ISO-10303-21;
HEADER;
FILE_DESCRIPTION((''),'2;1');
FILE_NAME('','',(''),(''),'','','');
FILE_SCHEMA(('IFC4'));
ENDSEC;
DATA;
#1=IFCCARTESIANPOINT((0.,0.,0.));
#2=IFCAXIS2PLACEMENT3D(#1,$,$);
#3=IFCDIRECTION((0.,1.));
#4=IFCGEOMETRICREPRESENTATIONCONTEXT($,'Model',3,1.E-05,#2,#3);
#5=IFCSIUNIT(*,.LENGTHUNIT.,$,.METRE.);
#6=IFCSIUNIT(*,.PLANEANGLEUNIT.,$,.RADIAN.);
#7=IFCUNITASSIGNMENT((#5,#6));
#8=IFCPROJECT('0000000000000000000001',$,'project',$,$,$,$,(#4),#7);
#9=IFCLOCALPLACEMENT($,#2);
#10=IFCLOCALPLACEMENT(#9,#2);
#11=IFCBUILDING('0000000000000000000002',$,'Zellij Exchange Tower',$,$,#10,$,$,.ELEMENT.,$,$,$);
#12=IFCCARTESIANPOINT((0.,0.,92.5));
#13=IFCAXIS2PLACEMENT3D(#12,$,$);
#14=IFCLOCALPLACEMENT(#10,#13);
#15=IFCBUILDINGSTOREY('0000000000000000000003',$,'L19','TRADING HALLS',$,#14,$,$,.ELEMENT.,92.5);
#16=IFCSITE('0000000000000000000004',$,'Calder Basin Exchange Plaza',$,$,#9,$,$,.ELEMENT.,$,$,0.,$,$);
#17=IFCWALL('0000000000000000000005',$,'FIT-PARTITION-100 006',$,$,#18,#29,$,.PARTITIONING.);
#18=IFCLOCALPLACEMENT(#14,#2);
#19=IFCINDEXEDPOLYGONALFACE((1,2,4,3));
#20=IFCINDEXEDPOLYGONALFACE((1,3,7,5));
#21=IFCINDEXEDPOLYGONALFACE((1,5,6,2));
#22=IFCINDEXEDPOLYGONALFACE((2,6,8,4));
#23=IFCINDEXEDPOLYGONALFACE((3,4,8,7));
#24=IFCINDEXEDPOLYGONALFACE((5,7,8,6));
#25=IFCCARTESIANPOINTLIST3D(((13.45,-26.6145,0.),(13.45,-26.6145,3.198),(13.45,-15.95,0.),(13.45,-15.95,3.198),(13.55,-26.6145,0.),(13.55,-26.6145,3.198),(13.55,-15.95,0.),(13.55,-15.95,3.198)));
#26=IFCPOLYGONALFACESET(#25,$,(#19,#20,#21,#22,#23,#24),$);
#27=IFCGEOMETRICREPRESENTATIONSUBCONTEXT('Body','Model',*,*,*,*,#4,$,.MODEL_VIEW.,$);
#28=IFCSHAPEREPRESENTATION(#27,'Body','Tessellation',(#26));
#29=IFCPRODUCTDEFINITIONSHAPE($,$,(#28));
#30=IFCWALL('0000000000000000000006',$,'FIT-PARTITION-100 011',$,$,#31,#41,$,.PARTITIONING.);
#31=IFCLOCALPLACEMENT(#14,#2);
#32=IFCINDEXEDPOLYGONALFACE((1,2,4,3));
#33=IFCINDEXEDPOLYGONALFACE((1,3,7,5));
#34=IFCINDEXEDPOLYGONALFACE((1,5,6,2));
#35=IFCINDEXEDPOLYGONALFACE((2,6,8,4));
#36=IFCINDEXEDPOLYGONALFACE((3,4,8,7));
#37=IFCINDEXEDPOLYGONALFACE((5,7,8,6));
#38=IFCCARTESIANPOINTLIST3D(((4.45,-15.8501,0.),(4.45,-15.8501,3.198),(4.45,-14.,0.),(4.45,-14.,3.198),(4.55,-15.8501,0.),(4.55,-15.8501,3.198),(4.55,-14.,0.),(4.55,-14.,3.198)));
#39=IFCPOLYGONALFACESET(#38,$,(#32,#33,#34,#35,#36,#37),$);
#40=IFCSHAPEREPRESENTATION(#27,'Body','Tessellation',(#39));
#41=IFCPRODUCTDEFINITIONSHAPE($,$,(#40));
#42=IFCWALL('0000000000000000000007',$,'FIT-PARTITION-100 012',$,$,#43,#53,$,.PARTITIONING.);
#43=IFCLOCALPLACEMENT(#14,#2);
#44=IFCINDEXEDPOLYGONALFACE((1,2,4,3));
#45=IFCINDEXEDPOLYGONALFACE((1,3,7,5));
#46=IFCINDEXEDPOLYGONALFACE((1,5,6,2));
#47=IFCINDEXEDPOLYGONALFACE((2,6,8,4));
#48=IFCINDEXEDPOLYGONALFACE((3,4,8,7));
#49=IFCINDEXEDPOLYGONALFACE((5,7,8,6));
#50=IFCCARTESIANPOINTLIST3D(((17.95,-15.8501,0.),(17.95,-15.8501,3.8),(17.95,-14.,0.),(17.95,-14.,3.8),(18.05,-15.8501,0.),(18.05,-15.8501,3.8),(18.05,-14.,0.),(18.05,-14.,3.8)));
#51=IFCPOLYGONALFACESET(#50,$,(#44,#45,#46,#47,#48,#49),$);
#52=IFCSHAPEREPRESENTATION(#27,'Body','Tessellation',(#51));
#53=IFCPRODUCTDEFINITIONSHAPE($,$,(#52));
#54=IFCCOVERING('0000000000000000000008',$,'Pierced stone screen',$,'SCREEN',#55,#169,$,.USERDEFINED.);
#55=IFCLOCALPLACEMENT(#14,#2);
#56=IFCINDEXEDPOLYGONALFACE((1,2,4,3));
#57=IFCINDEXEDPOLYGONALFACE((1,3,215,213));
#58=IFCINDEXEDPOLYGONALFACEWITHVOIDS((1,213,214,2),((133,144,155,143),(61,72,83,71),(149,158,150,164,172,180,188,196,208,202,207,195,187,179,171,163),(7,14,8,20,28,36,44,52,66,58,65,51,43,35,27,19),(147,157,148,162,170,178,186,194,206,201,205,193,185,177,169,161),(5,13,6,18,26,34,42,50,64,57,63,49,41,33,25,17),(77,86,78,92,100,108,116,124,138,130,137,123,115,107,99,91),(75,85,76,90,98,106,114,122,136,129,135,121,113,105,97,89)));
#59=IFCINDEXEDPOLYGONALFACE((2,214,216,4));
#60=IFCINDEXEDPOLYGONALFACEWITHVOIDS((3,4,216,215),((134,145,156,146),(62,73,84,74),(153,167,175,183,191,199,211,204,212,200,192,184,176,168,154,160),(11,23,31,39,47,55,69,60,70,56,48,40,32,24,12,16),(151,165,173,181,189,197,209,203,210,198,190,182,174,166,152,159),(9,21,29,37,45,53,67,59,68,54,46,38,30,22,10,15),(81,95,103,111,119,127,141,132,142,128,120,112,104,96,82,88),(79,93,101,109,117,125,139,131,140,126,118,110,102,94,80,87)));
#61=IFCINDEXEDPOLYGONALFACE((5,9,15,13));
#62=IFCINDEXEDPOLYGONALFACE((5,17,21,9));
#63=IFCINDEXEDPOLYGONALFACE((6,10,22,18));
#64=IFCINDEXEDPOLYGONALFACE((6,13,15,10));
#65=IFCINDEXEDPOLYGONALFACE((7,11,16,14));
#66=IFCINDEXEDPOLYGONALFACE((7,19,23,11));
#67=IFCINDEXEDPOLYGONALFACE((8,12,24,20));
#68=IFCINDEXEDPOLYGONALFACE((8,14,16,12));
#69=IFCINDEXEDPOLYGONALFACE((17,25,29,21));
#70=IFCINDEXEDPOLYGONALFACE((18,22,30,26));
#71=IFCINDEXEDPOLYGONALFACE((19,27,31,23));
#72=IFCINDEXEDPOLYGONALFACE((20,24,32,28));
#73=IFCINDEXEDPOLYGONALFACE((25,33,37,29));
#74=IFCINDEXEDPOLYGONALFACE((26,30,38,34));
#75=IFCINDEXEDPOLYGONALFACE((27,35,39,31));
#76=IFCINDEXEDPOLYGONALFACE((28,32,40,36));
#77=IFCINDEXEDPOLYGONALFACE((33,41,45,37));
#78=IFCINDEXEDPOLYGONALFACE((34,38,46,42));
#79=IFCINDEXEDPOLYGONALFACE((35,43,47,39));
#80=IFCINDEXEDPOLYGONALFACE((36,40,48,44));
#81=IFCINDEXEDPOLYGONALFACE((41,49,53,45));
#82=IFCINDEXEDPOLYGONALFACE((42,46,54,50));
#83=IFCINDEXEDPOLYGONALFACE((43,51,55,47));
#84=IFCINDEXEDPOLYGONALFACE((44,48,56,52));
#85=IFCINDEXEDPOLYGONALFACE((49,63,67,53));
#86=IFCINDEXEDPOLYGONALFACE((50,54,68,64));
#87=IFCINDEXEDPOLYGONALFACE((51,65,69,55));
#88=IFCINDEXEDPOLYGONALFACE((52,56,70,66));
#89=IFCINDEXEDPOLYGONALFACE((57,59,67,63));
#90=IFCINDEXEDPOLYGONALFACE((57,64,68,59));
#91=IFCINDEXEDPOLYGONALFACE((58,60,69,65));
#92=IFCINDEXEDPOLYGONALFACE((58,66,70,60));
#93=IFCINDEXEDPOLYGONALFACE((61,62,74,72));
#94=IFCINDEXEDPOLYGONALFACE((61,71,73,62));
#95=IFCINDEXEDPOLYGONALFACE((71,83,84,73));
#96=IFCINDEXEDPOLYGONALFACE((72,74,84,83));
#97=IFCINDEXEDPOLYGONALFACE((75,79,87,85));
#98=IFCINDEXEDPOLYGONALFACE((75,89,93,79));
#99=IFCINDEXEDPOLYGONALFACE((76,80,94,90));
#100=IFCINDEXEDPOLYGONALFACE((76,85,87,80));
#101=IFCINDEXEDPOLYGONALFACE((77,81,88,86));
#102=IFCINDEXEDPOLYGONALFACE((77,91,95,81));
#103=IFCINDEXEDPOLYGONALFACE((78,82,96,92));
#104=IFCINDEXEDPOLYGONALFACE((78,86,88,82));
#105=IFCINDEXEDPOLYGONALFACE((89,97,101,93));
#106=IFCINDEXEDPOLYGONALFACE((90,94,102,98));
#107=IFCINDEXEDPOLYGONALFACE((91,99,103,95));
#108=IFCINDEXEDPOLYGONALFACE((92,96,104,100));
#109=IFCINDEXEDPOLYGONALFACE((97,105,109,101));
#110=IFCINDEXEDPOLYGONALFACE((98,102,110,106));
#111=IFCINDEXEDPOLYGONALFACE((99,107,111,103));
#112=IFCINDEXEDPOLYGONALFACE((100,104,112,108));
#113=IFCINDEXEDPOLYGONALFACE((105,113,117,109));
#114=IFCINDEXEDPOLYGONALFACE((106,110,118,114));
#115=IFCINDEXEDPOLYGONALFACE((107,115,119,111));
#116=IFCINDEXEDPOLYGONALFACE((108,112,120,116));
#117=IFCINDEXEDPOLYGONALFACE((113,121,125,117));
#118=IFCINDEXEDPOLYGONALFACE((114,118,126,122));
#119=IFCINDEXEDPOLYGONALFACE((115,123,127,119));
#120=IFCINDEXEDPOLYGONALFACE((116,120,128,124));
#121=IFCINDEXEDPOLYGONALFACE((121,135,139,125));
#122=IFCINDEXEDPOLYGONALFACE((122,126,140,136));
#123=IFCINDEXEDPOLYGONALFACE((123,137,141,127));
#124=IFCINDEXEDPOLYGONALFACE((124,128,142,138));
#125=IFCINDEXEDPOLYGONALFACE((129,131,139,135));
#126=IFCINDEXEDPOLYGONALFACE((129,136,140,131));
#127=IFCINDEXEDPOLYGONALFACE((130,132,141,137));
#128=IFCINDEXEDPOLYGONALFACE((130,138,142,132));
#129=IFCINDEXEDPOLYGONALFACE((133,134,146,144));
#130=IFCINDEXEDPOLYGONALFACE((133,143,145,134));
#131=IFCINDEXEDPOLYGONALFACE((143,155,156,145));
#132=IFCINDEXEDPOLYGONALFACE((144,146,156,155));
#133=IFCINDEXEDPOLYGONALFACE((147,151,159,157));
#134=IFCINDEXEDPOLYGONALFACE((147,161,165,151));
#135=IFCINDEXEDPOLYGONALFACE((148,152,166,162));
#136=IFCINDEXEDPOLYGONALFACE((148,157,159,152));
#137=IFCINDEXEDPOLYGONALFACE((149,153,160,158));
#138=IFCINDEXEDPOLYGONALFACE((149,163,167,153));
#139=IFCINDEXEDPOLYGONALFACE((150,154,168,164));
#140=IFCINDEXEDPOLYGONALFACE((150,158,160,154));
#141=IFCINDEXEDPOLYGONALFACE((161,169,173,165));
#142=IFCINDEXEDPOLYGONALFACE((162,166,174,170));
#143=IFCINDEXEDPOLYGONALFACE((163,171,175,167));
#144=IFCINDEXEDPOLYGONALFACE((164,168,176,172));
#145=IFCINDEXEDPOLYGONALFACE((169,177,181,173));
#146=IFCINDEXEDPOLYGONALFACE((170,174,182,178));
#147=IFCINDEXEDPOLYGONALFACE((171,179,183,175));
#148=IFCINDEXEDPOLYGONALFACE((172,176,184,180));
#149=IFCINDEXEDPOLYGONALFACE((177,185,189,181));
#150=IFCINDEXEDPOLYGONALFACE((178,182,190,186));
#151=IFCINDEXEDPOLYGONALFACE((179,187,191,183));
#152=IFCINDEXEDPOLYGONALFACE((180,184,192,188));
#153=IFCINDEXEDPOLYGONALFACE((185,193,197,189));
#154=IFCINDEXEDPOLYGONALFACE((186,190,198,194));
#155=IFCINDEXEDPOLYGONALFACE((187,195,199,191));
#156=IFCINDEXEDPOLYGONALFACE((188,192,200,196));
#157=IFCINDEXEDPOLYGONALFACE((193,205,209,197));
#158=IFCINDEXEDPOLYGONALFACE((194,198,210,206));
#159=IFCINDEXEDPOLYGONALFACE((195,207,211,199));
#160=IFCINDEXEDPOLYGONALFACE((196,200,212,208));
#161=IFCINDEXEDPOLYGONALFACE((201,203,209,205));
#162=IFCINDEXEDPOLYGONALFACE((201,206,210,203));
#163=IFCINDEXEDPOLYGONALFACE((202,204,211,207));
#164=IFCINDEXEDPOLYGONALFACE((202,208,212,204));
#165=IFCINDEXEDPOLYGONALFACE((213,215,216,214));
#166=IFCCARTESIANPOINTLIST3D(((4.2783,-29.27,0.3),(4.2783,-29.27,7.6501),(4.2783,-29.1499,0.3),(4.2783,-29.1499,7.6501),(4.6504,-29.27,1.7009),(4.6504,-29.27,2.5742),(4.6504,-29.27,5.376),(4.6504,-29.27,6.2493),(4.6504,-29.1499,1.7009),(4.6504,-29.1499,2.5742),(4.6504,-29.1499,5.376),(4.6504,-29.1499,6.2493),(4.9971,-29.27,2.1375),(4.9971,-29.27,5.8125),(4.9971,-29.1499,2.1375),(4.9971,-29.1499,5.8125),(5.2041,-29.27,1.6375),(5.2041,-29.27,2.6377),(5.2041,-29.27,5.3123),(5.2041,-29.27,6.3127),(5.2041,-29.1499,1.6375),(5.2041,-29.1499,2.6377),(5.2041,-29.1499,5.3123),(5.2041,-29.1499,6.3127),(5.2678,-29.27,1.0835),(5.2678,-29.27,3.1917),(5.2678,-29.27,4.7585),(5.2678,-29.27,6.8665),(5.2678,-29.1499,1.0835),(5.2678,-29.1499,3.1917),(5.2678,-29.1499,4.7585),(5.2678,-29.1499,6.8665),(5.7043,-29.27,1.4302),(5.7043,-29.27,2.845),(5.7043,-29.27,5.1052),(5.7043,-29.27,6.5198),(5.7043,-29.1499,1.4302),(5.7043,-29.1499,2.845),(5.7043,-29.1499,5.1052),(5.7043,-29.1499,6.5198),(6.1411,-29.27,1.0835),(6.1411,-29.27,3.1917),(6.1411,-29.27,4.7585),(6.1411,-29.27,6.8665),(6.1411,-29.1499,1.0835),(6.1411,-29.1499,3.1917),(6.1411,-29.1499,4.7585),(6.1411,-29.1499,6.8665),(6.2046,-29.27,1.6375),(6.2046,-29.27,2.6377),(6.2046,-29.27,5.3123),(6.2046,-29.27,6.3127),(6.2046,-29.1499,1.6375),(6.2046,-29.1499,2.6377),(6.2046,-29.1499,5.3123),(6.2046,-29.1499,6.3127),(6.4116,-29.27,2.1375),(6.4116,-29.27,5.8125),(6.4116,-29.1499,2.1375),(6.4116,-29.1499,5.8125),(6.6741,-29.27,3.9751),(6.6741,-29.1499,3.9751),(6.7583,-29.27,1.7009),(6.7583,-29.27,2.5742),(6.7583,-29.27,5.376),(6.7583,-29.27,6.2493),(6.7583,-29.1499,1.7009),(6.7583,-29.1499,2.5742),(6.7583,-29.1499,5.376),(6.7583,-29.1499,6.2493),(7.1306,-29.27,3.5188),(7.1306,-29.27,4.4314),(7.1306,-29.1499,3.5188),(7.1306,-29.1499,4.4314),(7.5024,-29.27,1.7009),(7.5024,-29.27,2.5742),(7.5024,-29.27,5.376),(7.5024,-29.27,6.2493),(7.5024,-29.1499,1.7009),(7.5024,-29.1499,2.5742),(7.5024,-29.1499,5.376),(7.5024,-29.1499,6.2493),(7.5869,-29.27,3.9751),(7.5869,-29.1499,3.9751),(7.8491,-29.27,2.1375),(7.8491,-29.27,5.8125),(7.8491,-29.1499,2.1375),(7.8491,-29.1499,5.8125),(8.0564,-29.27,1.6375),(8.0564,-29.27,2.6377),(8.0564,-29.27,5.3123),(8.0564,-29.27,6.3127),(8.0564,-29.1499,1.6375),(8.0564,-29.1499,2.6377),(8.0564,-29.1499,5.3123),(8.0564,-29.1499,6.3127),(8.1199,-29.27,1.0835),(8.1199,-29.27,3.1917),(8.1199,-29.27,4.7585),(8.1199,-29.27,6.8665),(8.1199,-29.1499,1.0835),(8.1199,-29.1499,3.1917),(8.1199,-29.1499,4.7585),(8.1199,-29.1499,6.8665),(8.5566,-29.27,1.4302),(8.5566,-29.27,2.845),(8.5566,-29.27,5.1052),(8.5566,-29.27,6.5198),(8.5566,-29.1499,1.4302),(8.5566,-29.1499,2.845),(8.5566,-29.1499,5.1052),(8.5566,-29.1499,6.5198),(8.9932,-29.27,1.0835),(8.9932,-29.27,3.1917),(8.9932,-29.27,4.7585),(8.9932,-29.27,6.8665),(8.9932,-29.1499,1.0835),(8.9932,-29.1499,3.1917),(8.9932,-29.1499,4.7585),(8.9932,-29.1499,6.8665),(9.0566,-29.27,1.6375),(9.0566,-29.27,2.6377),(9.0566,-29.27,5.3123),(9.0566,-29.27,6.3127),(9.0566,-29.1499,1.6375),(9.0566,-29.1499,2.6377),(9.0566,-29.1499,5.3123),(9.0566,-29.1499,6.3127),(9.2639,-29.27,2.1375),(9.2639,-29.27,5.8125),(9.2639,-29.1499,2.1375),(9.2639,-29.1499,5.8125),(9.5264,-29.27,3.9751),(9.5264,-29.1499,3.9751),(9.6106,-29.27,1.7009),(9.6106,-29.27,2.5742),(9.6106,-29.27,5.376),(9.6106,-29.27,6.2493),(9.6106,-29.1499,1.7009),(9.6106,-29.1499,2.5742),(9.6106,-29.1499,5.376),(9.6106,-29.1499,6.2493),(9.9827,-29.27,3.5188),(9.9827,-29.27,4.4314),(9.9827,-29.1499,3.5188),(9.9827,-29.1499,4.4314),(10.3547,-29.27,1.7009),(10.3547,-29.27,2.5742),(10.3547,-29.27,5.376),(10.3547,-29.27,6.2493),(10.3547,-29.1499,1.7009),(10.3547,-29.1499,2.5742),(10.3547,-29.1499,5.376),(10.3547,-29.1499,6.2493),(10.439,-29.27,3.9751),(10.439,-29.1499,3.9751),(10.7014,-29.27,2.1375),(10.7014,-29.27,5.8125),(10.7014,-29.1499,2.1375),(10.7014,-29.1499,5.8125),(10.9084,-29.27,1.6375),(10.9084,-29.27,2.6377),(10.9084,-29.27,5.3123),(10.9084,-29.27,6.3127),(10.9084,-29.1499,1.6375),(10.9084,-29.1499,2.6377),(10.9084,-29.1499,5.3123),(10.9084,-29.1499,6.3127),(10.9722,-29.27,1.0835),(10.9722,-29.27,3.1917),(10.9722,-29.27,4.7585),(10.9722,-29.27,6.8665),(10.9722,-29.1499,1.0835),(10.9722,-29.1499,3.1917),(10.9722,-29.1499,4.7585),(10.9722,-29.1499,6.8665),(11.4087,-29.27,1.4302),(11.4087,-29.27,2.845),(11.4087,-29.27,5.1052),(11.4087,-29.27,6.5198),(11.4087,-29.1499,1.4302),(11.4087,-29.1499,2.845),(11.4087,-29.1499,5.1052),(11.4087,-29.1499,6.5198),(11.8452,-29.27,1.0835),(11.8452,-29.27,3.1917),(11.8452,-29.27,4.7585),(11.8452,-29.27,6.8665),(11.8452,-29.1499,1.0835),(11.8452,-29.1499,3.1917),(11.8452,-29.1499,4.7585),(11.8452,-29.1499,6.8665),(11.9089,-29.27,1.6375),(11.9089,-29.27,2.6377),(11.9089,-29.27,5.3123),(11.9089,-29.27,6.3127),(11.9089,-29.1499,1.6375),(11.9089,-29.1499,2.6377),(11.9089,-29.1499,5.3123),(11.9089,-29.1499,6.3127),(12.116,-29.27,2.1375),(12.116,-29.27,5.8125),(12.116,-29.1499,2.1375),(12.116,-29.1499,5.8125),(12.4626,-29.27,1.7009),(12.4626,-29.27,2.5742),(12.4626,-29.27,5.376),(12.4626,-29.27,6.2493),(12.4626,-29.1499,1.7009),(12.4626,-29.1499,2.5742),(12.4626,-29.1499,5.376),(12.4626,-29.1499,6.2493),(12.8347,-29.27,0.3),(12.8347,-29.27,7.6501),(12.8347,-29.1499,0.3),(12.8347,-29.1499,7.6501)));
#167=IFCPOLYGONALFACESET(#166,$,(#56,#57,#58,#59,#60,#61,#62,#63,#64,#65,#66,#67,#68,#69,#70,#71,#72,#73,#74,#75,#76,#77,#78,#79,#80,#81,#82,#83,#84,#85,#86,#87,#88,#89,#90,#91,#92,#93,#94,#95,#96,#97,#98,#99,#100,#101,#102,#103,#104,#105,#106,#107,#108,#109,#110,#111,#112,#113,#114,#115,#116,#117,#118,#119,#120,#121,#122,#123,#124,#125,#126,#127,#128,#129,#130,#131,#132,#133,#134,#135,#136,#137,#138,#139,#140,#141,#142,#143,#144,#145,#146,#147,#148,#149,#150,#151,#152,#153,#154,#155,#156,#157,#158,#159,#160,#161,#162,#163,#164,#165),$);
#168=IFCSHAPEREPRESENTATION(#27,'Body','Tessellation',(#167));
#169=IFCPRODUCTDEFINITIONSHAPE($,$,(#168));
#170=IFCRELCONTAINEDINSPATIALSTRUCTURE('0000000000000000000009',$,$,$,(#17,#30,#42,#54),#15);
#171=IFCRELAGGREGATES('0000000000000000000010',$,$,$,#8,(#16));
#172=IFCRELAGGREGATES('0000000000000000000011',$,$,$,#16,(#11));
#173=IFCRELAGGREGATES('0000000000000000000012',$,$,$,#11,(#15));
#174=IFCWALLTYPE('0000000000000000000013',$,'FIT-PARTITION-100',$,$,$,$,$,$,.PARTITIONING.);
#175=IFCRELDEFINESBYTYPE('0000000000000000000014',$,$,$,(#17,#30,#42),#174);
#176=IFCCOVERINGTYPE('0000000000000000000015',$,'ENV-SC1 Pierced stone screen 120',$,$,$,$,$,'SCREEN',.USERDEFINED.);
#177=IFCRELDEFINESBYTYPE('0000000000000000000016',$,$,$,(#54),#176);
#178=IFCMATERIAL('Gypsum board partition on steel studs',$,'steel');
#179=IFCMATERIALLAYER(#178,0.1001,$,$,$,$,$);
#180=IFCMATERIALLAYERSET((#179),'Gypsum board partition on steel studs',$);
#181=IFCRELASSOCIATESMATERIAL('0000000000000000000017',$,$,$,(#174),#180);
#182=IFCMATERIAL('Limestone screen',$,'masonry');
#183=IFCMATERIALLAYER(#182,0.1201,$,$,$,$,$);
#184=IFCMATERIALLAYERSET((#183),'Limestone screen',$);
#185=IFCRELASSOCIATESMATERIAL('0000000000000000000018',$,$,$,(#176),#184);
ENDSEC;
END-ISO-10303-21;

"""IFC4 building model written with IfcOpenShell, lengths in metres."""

from ifc_helpers import new_model, si_unit, direction, frame, frame_2d, origin, place, context, subcontext, project, spatial, polyline, rectangle, outline, extrude, material, layer, layer_set, type_object, element, save


model = new_model("IFC4")

# Units and contexts
model_context = context("Model", 3, precision=1e-05, world=origin(), true_north=direction((0.0, 1.0)))
body_context = subcontext(model_context, "Body", "Model", "MODEL_VIEW")
ifc_project = project(units=[si_unit("LENGTHUNIT", "METRE"), si_unit("PLANEANGLEUNIT", "RADIAN")], contexts=[model_context])

# Site, building, storey
site_placement = place(None, origin())
site = spatial("IfcSite", under=ifc_project, at=site_placement, Name="Calder Basin Exchange Plaza", CompositionType="ELEMENT", RefElevation=0.0)
building_placement = place(site_placement, origin())
building = spatial("IfcBuilding", under=site, at=building_placement, Name="Zellij Exchange Tower", CompositionType="ELEMENT")
storey_placement = place(building_placement, frame((0.0, 0.0, 92.5)))
storey = spatial("IfcBuildingStorey", under=building, at=storey_placement, Name="L19", Description="TRADING HALLS", CompositionType="ELEMENT", Elevation=92.5)

# Walls
ifc_material_1 = material(Name="Gypsum board partition on steel studs", Category="steel")
ifc_layer_1 = layer(ifc_material_1, 0.1001)
ifc_layer_set_1 = layer_set([ifc_layer_1], Name="Gypsum board partition on steel studs")
wall_type = type_object("IfcWallType", Name="FIT-PARTITION-100", PredefinedType="PARTITIONING", material=ifc_layer_set_1)
wall_1_placement = place(storey_placement, frame((13.5, -26.6145, 0.0), z_axis=(0.0, 0.0, 1.0), x_axis=(0.0, 1.0, 0.0)))
element("IfcWall", 1, at=wall_1_placement, inside=storey, type_object=wall_type, Name="FIT-PARTITION-100 006", PredefinedType="PARTITIONING", context=body_context, shape_type="SweptSolid", body=[
    extrude(rectangle(XDim=10.6646, YDim=0.1001, at=frame_2d((5.3323, 0.0))), origin(), (0.0, 0.0, 1.0), 3.198),
])
wall_2_placement = place(storey_placement, frame((4.5, -15.8501, 0.0), z_axis=(0.0, 0.0, 1.0), x_axis=(0.0, 1.0, 0.0)))
element("IfcWall", 2, at=wall_2_placement, inside=storey, type_object=wall_type, Name="FIT-PARTITION-100 011", PredefinedType="PARTITIONING", context=body_context, shape_type="SweptSolid", body=[
    extrude(rectangle(XDim=1.8501, YDim=0.1001, at=frame_2d((0.925, 0.0))), origin(), (0.0, 0.0, 1.0), 3.198),
])
wall_3_placement = place(storey_placement, frame((18.0, -15.8501, 0.0), z_axis=(0.0, 0.0, 1.0), x_axis=(0.0, 1.0, 0.0)))
element("IfcWall", 3, at=wall_3_placement, inside=storey, type_object=wall_type, Name="FIT-PARTITION-100 012", PredefinedType="PARTITIONING", context=body_context, shape_type="SweptSolid", body=[
    extrude(rectangle(XDim=1.8501, YDim=0.1001, at=frame_2d((0.925, 0.0))), origin(), (0.0, 0.0, 1.0), 3.8),
])

# Covering
ifc_material_2 = material(Name="Limestone screen", Category="masonry")
ifc_layer_2 = layer(ifc_material_2, 0.1201)
ifc_layer_set_2 = layer_set([ifc_layer_2], Name="Limestone screen")
covering_type = type_object("IfcCoveringType", Name="ENV-SC1 Pierced stone screen 120", ElementType="SCREEN", PredefinedType="USERDEFINED", material=ifc_layer_set_2)
covering_1_placement = place(storey_placement, frame((4.2783, -29.21, 0.3), z_axis=(0.0, 0.0, 1.0), x_axis=(1.0, 0.0, 0.0)))
element("IfcCovering", 4, at=covering_1_placement, inside=storey, type_object=covering_type, Name="Pierced stone screen", ObjectType="SCREEN", PredefinedType="USERDEFINED", context=body_context, shape_type="SweptSolid", body=[
    extrude(outline(polyline([(0.0, 0.0), (8.5564, 0.0), (8.5564, 7.3501), (0.0, 7.3501), (0.0, 0.0)]), holes=[polyline([(2.48, 2.2742), (1.9263, 2.3376), (1.8628, 2.8916), (1.426, 2.5449), (0.9895, 2.8916), (0.9258, 2.3376), (0.3721, 2.2742), (0.7188, 1.8374), (0.3721, 1.4009), (0.9258, 1.3374), (0.9895, 0.7834), (1.426, 1.1301), (1.8628, 0.7834), (1.9263, 1.3374), (2.48, 1.4009), (2.1333, 1.8374), (2.48, 2.2742)]), polyline([(2.48, 5.9492), (1.9263, 6.0127), (1.8628, 6.5664), (1.426, 6.2197), (0.9895, 6.5664), (0.9258, 6.0127), (0.3721, 5.9492), (0.7188, 5.5125), (0.3721, 5.0759), (0.9258, 5.0122), (0.9895, 4.4585), (1.426, 4.8052), (1.8628, 4.4585), (1.9263, 5.0122), (2.48, 5.0759), (2.1333, 5.5125), (2.48, 5.9492)]), polyline([(5.3323, 2.2742), (4.7783, 2.3376), (4.7148, 2.8916), (4.2783, 2.5449), (3.8416, 2.8916), (3.7781, 2.3376), (3.2241, 2.2742), (3.5708, 1.8374), (3.2241, 1.4009), (3.7781, 1.3374), (3.8416, 0.7834), (4.2783, 1.1301), (4.7148, 0.7834), (4.7783, 1.3374), (5.3323, 1.4009), (4.9856, 1.8374), (5.3323, 2.2742)]), polyline([(5.3323, 5.9492), (4.7783, 6.0127), (4.7148, 6.5664), (4.2783, 6.2197), (3.8416, 6.5664), (3.7781, 6.0127), (3.2241, 5.9492), (3.5708, 5.5125), (3.2241, 5.0759), (3.7781, 5.0122), (3.8416, 4.4585), (4.2783, 4.8052), (4.7148, 4.4585), (4.7783, 5.0122), (5.3323, 5.0759), (4.9856, 5.5125), (5.3323, 5.9492)]), polyline([(8.1843, 2.2742), (7.6306, 2.3376), (7.5669, 2.8916), (7.1304, 2.5449), (6.6938, 2.8916), (6.6301, 2.3376), (6.0764, 2.2742), (6.4231, 1.8374), (6.0764, 1.4009), (6.6301, 1.3374), (6.6938, 0.7834), (7.1304, 1.1301), (7.5669, 0.7834), (7.6306, 1.3374), (8.1843, 1.4009), (7.8376, 1.8374), (8.1843, 2.2742)]), polyline([(8.1843, 5.9492), (7.6306, 6.0127), (7.5669, 6.5664), (7.1304, 6.2197), (6.6938, 6.5664), (6.6301, 6.0127), (6.0764, 5.9492), (6.4231, 5.5125), (6.0764, 5.0759), (6.6301, 5.0122), (6.6938, 4.4585), (7.1304, 4.8052), (7.5669, 4.4585), (7.6306, 5.0122), (8.1843, 5.0759), (7.8376, 5.5125), (8.1843, 5.9492)]), polyline([(3.3086, 3.675), (2.8523, 4.1313), (2.3958, 3.675), (2.8523, 3.2188), (3.3086, 3.675)]), polyline([(6.1606, 3.675), (5.7043, 4.1313), (5.248, 3.675), (5.7043, 3.2188), (6.1606, 3.675)])]), frame((0.0, 0.0601, 0.0), z_axis=(0.0, -1.0, 0.0), x_axis=(1.0, 0.0, 0.0)), (0.0, 0.0, 1.0), 0.1201),
])

save(model, "model.ifc")
